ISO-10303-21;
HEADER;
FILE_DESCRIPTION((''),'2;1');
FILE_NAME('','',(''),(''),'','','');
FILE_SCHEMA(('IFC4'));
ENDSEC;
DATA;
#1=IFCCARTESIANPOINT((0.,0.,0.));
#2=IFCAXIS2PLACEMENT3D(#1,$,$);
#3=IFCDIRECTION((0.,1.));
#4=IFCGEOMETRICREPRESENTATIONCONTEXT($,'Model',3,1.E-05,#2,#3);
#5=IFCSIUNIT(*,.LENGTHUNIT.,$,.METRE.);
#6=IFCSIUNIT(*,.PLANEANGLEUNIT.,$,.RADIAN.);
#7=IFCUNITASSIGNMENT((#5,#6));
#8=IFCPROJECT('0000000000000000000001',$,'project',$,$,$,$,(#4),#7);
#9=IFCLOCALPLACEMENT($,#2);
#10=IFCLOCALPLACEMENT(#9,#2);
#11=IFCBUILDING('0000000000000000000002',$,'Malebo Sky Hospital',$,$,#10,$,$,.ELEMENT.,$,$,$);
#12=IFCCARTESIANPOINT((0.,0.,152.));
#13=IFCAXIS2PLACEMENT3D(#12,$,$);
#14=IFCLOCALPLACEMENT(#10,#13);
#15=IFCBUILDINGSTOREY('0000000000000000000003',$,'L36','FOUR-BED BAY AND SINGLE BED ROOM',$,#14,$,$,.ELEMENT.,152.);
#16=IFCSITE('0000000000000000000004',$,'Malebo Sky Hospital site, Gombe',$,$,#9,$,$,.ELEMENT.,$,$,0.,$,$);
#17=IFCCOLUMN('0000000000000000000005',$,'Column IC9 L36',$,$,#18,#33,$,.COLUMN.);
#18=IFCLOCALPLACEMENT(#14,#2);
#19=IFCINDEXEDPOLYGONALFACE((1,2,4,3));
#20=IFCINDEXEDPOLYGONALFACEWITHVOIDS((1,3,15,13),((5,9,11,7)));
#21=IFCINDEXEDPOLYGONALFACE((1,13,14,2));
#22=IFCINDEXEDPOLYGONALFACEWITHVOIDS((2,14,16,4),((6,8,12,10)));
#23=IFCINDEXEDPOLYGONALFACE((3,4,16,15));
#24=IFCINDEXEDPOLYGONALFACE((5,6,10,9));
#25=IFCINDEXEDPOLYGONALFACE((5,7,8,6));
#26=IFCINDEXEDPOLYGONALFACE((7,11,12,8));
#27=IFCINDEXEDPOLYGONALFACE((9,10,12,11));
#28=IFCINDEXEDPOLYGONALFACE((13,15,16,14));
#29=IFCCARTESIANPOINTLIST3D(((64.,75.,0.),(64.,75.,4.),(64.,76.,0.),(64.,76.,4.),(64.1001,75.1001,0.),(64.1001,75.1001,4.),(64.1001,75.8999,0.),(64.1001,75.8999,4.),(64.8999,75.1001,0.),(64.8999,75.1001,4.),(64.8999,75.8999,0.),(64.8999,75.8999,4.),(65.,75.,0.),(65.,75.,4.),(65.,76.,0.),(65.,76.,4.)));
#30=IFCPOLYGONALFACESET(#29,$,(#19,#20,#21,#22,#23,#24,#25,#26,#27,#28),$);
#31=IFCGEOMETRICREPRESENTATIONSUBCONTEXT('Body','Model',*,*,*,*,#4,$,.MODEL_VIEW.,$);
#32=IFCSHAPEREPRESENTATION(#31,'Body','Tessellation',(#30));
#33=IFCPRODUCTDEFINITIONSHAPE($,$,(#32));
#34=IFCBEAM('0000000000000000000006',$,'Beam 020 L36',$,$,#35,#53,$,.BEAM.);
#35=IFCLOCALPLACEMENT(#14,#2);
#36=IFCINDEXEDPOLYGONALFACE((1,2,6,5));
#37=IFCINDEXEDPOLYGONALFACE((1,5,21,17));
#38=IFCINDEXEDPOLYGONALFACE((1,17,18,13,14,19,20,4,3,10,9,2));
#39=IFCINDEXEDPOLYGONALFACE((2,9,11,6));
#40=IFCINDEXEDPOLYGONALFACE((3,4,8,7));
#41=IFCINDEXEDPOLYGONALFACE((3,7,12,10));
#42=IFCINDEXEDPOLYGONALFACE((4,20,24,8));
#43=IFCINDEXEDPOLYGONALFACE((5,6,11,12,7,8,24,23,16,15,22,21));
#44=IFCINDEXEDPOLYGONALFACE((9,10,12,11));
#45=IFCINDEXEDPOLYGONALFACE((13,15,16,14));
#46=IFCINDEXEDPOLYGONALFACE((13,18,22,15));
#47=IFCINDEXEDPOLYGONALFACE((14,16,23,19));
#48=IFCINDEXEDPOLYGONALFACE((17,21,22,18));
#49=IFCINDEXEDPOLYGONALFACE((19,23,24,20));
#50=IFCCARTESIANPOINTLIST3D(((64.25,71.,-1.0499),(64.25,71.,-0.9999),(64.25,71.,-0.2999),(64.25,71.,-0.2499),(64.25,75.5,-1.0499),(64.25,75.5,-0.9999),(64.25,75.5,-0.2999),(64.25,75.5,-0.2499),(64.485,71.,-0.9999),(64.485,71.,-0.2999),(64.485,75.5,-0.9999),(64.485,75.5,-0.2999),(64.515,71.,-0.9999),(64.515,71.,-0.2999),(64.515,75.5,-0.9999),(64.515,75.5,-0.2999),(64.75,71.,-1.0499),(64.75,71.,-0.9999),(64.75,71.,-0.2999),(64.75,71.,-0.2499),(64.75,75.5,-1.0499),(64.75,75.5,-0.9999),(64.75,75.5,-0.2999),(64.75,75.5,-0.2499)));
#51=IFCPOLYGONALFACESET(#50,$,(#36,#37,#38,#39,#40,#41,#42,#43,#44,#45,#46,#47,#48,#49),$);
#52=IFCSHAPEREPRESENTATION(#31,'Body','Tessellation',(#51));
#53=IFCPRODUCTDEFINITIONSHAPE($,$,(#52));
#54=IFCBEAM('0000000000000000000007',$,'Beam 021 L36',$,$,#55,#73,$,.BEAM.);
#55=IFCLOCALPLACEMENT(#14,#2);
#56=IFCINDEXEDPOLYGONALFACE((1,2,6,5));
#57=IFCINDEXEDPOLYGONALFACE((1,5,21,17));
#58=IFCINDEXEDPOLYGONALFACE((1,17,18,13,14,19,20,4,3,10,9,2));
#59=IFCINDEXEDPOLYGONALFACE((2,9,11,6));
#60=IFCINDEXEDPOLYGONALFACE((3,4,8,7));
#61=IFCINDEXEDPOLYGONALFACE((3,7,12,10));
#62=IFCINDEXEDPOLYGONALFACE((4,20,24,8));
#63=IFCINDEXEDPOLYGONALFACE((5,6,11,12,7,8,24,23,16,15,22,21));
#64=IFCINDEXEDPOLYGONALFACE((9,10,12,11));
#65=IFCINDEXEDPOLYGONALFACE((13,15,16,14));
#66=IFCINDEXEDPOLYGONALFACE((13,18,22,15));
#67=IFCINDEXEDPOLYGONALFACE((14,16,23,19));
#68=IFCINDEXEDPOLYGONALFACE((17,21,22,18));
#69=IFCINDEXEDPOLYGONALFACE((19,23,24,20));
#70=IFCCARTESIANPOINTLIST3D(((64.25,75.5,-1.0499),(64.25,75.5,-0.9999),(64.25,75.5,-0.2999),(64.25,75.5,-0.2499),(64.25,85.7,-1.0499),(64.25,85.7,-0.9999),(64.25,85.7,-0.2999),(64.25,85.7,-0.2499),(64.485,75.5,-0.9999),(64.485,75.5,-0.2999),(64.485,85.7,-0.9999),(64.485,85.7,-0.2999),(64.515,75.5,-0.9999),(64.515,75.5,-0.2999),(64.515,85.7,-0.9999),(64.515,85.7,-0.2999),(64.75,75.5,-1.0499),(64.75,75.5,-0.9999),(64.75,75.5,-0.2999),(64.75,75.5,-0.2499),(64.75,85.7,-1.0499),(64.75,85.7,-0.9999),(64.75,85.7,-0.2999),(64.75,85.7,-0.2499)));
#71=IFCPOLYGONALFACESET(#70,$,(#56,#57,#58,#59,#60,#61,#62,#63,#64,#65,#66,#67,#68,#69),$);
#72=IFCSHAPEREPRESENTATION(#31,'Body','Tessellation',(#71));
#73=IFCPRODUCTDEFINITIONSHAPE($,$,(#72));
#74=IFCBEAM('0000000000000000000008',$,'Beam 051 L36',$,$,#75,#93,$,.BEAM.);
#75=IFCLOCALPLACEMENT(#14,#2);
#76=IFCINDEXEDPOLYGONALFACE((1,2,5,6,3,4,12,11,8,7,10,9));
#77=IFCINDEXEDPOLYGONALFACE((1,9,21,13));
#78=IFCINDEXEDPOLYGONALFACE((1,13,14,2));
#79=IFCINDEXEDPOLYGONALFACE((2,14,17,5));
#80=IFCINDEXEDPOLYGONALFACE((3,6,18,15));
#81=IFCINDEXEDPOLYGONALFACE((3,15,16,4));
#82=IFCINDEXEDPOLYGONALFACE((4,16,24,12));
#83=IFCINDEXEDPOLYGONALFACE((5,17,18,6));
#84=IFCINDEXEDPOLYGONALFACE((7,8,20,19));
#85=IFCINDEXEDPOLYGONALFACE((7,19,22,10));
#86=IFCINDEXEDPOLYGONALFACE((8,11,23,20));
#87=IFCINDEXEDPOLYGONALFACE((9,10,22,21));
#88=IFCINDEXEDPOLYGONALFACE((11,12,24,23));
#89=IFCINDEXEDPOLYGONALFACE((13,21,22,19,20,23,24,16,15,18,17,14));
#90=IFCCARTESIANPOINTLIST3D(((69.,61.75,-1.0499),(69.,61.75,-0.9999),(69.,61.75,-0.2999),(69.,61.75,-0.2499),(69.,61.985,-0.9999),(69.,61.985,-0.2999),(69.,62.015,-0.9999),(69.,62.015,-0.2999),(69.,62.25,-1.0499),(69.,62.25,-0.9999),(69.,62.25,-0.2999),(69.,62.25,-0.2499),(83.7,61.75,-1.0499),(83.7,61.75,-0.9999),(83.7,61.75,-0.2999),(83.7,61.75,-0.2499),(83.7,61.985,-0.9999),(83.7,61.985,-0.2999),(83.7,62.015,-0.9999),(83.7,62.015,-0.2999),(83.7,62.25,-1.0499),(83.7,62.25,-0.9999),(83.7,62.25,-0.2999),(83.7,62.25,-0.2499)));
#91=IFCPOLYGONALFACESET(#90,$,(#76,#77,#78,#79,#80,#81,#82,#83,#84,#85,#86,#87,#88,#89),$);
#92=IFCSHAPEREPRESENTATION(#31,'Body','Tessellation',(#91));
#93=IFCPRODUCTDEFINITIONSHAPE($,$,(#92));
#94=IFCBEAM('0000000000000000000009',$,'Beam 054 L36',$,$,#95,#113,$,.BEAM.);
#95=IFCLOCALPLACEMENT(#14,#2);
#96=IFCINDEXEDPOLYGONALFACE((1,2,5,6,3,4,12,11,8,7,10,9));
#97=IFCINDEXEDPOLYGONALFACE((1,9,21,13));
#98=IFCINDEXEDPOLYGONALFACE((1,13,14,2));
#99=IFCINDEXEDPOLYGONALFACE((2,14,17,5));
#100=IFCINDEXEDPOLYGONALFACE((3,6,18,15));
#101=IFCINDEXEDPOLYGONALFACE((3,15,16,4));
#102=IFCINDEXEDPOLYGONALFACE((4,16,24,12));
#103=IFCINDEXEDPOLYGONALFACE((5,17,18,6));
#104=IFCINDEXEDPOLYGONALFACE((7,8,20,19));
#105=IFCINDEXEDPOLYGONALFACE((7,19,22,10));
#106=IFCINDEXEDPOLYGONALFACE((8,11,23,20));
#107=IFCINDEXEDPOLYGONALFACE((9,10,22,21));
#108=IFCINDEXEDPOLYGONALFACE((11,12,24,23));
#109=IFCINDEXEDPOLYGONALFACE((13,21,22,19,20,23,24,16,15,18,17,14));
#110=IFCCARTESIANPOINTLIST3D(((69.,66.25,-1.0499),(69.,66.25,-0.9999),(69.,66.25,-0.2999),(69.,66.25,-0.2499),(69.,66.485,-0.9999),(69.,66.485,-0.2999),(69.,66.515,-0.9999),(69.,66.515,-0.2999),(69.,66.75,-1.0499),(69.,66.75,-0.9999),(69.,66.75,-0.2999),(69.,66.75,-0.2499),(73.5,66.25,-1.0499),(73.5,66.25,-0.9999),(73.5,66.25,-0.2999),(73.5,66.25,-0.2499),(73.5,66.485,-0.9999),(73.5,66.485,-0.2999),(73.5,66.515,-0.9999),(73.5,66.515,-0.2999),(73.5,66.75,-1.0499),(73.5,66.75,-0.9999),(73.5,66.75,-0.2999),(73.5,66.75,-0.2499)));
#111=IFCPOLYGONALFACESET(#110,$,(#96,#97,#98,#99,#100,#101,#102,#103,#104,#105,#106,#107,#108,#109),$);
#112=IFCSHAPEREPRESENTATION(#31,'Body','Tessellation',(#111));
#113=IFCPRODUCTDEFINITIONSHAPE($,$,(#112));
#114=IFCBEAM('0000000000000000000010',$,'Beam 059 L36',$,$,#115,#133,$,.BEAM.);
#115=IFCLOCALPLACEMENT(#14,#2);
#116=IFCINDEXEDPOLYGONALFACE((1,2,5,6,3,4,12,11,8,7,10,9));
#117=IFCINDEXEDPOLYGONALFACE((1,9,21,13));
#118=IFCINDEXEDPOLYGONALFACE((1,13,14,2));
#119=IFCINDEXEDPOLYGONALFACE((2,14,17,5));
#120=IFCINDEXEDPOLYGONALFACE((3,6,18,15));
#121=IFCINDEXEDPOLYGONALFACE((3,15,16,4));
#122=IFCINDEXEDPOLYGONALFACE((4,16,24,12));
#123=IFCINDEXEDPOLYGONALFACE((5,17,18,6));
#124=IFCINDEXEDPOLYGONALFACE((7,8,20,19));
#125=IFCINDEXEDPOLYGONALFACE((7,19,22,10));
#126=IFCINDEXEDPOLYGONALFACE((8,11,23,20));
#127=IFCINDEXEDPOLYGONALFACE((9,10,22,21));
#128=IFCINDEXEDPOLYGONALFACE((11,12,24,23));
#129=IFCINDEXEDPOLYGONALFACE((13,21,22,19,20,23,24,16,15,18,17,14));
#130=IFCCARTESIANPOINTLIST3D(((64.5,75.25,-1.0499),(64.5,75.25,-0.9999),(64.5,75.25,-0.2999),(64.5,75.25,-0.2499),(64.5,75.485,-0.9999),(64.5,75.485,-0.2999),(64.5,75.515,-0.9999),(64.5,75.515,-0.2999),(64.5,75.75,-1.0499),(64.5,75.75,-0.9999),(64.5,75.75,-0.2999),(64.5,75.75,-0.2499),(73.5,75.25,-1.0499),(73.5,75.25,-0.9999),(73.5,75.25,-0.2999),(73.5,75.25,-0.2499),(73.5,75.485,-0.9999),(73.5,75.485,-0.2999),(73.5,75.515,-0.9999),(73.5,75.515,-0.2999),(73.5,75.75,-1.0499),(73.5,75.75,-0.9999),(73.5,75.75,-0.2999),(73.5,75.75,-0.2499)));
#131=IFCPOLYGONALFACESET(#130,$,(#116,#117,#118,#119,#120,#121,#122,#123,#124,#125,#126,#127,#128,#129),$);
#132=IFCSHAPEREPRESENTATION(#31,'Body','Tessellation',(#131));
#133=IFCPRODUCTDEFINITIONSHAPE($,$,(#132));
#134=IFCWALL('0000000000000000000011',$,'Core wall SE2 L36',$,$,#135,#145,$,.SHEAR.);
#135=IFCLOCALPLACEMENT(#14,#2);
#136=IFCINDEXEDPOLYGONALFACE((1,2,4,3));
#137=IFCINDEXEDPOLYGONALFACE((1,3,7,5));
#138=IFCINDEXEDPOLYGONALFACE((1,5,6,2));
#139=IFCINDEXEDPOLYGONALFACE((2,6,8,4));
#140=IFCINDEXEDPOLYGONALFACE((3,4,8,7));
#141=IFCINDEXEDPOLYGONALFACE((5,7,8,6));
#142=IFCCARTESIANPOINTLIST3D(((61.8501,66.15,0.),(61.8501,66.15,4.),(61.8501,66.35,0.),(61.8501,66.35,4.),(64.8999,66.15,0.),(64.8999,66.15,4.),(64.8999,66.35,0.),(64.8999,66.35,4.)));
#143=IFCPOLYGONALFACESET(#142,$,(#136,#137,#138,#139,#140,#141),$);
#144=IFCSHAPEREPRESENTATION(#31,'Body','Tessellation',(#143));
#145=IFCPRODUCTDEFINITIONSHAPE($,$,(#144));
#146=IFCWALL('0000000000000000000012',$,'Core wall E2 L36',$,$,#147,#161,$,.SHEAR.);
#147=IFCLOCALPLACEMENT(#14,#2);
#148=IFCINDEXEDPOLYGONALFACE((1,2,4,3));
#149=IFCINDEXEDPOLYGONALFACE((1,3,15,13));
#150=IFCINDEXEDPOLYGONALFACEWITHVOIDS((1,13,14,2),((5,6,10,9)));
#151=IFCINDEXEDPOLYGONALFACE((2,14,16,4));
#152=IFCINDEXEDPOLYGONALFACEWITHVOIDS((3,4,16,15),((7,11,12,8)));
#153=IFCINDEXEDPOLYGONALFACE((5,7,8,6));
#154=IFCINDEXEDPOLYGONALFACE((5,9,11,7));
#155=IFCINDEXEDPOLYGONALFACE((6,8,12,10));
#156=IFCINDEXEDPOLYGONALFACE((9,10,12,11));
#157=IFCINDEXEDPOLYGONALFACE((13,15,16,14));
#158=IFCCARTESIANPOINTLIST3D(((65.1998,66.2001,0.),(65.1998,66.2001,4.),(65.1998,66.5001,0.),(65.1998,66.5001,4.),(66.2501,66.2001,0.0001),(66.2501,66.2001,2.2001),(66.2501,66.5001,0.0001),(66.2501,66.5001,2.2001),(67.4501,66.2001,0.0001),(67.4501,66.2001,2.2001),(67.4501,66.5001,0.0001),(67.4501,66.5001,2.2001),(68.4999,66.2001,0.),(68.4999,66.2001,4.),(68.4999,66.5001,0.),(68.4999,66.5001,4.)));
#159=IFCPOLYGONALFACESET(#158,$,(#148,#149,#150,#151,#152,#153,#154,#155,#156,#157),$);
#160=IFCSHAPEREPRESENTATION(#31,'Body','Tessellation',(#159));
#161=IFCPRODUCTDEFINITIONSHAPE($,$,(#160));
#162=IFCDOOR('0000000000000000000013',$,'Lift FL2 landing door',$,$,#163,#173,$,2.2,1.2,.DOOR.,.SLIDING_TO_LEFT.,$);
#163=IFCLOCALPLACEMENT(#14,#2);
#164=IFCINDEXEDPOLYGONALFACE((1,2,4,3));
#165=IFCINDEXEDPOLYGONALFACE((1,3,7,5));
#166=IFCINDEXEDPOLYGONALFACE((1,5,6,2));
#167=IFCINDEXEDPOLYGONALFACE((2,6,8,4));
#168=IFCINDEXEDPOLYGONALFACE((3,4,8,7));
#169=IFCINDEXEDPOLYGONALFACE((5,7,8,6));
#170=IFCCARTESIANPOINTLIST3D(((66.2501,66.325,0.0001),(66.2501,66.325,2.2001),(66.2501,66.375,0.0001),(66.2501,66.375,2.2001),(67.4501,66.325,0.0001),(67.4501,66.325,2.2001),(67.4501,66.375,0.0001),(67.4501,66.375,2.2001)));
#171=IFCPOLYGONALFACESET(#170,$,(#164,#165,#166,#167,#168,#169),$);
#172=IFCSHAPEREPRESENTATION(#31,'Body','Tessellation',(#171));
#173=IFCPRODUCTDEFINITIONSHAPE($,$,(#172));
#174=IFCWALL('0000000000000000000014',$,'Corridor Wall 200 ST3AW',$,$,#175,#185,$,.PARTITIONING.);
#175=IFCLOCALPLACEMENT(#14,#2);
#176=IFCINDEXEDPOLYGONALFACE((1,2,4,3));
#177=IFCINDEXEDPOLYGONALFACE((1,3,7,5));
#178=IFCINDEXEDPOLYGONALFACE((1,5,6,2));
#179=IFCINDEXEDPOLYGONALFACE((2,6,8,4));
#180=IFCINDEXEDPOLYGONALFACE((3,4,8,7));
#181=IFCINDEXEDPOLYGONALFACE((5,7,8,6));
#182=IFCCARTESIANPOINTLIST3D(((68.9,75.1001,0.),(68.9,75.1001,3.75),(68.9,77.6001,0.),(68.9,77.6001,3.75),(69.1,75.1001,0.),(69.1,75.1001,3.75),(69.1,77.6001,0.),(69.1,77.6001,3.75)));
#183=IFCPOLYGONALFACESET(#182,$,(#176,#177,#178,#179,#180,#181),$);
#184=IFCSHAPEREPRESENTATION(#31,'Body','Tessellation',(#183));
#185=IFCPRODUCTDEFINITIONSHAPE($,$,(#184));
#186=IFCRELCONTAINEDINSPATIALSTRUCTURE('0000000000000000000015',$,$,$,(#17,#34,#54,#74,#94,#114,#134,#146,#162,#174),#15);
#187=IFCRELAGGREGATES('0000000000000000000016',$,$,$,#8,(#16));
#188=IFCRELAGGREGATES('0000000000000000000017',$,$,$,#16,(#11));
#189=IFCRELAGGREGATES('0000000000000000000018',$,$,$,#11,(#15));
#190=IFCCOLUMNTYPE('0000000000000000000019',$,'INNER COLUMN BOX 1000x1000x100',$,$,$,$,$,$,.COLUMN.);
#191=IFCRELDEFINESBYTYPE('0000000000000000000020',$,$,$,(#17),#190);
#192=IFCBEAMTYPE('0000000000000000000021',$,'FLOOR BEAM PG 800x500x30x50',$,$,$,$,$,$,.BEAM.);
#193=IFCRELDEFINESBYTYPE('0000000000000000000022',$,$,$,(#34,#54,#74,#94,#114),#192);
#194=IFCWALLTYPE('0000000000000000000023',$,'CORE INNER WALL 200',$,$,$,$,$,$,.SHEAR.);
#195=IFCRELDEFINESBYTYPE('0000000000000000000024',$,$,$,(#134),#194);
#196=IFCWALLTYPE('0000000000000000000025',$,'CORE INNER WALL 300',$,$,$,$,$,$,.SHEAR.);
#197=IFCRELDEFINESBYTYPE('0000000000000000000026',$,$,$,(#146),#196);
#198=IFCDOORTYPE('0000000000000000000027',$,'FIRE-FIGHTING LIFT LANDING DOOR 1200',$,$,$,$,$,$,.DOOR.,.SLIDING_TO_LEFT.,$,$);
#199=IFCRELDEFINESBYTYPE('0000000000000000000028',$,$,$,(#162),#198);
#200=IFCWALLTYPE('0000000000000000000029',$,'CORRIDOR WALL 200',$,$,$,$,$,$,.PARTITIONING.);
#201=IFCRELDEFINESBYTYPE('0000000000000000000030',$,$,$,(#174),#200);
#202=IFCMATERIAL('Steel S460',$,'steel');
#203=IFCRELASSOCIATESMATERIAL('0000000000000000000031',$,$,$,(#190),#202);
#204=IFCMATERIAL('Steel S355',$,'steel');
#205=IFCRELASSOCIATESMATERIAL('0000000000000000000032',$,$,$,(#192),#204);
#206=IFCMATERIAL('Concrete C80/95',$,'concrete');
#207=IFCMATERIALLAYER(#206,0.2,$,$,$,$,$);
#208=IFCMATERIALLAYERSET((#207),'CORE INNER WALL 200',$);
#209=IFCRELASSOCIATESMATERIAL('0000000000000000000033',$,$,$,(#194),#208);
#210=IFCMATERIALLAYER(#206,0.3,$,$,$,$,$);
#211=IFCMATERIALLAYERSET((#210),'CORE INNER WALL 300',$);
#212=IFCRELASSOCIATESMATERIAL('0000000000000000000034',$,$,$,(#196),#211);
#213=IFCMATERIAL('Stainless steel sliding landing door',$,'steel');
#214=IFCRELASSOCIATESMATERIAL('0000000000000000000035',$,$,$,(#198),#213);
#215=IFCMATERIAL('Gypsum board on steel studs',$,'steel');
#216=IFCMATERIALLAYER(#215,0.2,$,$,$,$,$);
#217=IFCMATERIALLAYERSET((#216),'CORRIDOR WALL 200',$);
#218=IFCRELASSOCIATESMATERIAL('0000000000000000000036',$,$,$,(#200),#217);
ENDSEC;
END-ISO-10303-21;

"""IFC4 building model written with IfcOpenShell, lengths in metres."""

from ifc_helpers import new_model, si_unit, direction, frame, frame_2d, origin, origin_2d, place, context, subcontext, project, spatial, rectangle, hollow_rectangle, i_section, extrude, material, layer, layer_set, material_profile, profile_set, type_object, element, fill, save


model = new_model("IFC4")

# Units and contexts
model_context = context("Model", 3, precision=1e-05, world=origin(), true_north=direction((0.0, 1.0)))
body_context = subcontext(model_context, "Body", "Model", "MODEL_VIEW")
ifc_project = project(units=[si_unit("LENGTHUNIT", "METRE"), si_unit("PLANEANGLEUNIT", "RADIAN")], contexts=[model_context])

# Site, building, storey
site_placement = place(None, origin())
site = spatial("IfcSite", under=ifc_project, at=site_placement, Name="Malebo Sky Hospital site, Gombe", CompositionType="ELEMENT", RefElevation=0.0)
building_placement = place(site_placement, origin())
building = spatial("IfcBuilding", under=site, at=building_placement, Name="Malebo Sky Hospital", CompositionType="ELEMENT")
storey_placement = place(building_placement, frame((0.0, 0.0, 152.0)))
storey = spatial("IfcBuildingStorey", under=building, at=storey_placement, Name="L36", Description="FOUR-BED BAY AND SINGLE BED ROOM", CompositionType="ELEMENT", Elevation=152.0)

# Column
ifc_material_1 = material(Name="Steel S460", Category="steel")
ifc_material_profile_1 = material_profile(ifc_material_1, hollow_rectangle(XDim=1.0, YDim=1.0, WallThickness=0.1001, at=origin_2d()), Name="BOX 1000x1000x100")
ifc_profile_set_1 = profile_set([ifc_material_profile_1], Name="Steel S460")
column_type = type_object("IfcColumnType", Name="INNER COLUMN BOX 1000x1000x100", PredefinedType="COLUMN", material=ifc_profile_set_1)
column_placement = place(storey_placement, frame((64.5, 75.5, 0.0), z_axis=(0.0, 0.0, 1.0), x_axis=(1.0, 0.0, 0.0)))
element("IfcColumn", 1, at=column_placement, inside=storey, type_object=column_type, Name="Column IC9 L36", PredefinedType="COLUMN", context=body_context, shape_type="SweptSolid", body=[
    extrude(hollow_rectangle(XDim=1.0, YDim=1.0, WallThickness=0.1001, at=origin_2d()), origin(), (0.0, 0.0, 1.0), 4.0),
])

# Beams
ifc_material_2 = material(Name="Steel S355", Category="steel")
ifc_material_profile_2 = material_profile(ifc_material_2, i_section(OverallWidth=0.5, OverallDepth=0.8, WebThickness=0.03, FlangeThickness=0.05, at=origin_2d()), Name="PG 800x500x30x50")
ifc_profile_set_2 = profile_set([ifc_material_profile_2], Name="Steel S355")
beam_type = type_object("IfcBeamType", Name="FLOOR BEAM PG 800x500x30x50", PredefinedType="BEAM", material=ifc_profile_set_2)
beam_1_placement = place(storey_placement, frame((64.5, 71.0, -0.6499), z_axis=(0.0, 1.0, 0.0), x_axis=(-1.0, 0.0, 0.0)))
element("IfcBeam", 2, at=beam_1_placement, inside=storey, type_object=beam_type, Name="Beam 020 L36", PredefinedType="BEAM", context=body_context, shape_type="SweptSolid", body=[
    extrude(i_section(OverallWidth=0.5, OverallDepth=0.8, WebThickness=0.03, FlangeThickness=0.05, at=origin_2d()), origin(), (0.0, 0.0, 1.0), 4.5),
])
beam_2_placement = place(storey_placement, frame((64.5, 75.5, -0.6499), z_axis=(0.0, 1.0, 0.0), x_axis=(-1.0, 0.0, 0.0)))
element("IfcBeam", 3, at=beam_2_placement, inside=storey, type_object=beam_type, Name="Beam 021 L36", PredefinedType="BEAM", context=body_context, shape_type="SweptSolid", body=[
    extrude(i_section(OverallWidth=0.5, OverallDepth=0.8, WebThickness=0.03, FlangeThickness=0.05, at=origin_2d()), origin(), (0.0, 0.0, 1.0), 10.2),
])
beam_3_placement = place(storey_placement, frame((69.0, 62.0, -0.6499), z_axis=(1.0, 0.0, 0.0), x_axis=(0.0, 1.0, 0.0)))
element("IfcBeam", 4, at=beam_3_placement, inside=storey, type_object=beam_type, Name="Beam 051 L36", PredefinedType="BEAM", context=body_context, shape_type="SweptSolid", body=[
    extrude(i_section(OverallWidth=0.5, OverallDepth=0.8, WebThickness=0.03, FlangeThickness=0.05, at=origin_2d()), origin(), (0.0, 0.0, 1.0), 14.7),
])
beam_4_placement = place(storey_placement, frame((69.0, 66.5, -0.6499), z_axis=(1.0, 0.0, 0.0), x_axis=(0.0, 1.0, 0.0)))
element("IfcBeam", 5, at=beam_4_placement, inside=storey, type_object=beam_type, Name="Beam 054 L36", PredefinedType="BEAM", context=body_context, shape_type="SweptSolid", body=[
    extrude(i_section(OverallWidth=0.5, OverallDepth=0.8, WebThickness=0.03, FlangeThickness=0.05, at=origin_2d()), origin(), (0.0, 0.0, 1.0), 4.5),
])
beam_5_placement = place(storey_placement, frame((64.5, 75.5, -0.6499), z_axis=(1.0, 0.0, 0.0), x_axis=(0.0, 1.0, 0.0)))
element("IfcBeam", 6, at=beam_5_placement, inside=storey, type_object=beam_type, Name="Beam 059 L36", PredefinedType="BEAM", context=body_context, shape_type="SweptSolid", body=[
    extrude(i_section(OverallWidth=0.5, OverallDepth=0.8, WebThickness=0.03, FlangeThickness=0.05, at=origin_2d()), origin(), (0.0, 0.0, 1.0), 9.0),
])

# Wall
ifc_material_3 = material(Name="Concrete C80/95", Category="concrete")
ifc_layer_1 = layer(ifc_material_3, 0.2)
ifc_layer_set_1 = layer_set([ifc_layer_1], Name="CORE INNER WALL 200")
wall_type_1 = type_object("IfcWallType", Name="CORE INNER WALL 200", PredefinedType="SHEAR", material=ifc_layer_set_1)
wall_1_placement = place(storey_placement, frame((61.8501, 66.25, 0.0), z_axis=(0.0, 0.0, 1.0), x_axis=(1.0, 0.0, 0.0)))
element("IfcWall", 7, at=wall_1_placement, inside=storey, type_object=wall_type_1, Name="Core wall SE2 L36", PredefinedType="SHEAR", context=body_context, shape_type="SweptSolid", body=[
    extrude(rectangle(XDim=3.0498, YDim=0.2, at=frame_2d((1.5249, 0.0))), origin(), (0.0, 0.0, 1.0), 4.0),
])

# Wall, opening, door
ifc_layer_2 = layer(ifc_material_3, 0.3)
ifc_layer_set_2 = layer_set([ifc_layer_2], Name="CORE INNER WALL 300")
wall_type_2 = type_object("IfcWallType", Name="CORE INNER WALL 300", PredefinedType="SHEAR", material=ifc_layer_set_2)
wall_2_placement = place(storey_placement, frame((65.2, 66.3501, 0.0), z_axis=(0.0, 0.0, 1.0), x_axis=(1.0, 0.0, 0.0)))
wall_2 = element("IfcWall", 8, at=wall_2_placement, inside=storey, type_object=wall_type_2, Name="Core wall E2 L36", PredefinedType="SHEAR", context=body_context, shape_type="SweptSolid", body=[
    extrude(rectangle(XDim=3.3, YDim=0.3, at=frame_2d((1.6499, 0.0))), origin(), (0.0, 0.0, 1.0), 4.0),
])
opening_1_placement = place(wall_2_placement, frame((1.05, 0.0, 0.0)))
opening_1 = element("IfcOpeningElement", 9, at=opening_1_placement, cuts=wall_2, PredefinedType="OPENING", context=body_context, shape_type="SweptSolid", body=[
    extrude(rectangle(XDim=1.2, YDim=2.2, at=frame_2d((0.6001, 1.1001))), frame((0.0, 0.1599, 0.0), z_axis=(0.0, -1.0, 0.0), x_axis=(1.0, 0.0, 0.0)), (0.0, 0.0, 1.0), 0.3201),
])
ifc_material_4 = material(Name="Stainless steel sliding landing door", Category="steel")
door_type_1 = type_object("IfcDoorType", Name="FIRE-FIGHTING LIFT LANDING DOOR 1200", OperationType="SLIDING_TO_LEFT", PredefinedType="DOOR", material=ifc_material_4)
door_1_placement = place(opening_1_placement, origin())
door_1 = element("IfcDoor", 10, at=door_1_placement, inside=storey, type_object=door_type_1, Name="Lift FL2 landing door", OperationType="SLIDING_TO_LEFT", OverallHeight=2.2, OverallWidth=1.2, PredefinedType="DOOR", context=body_context, shape_type="SweptSolid", body=[
    extrude(rectangle(XDim=1.2, YDim=2.2, at=frame_2d((0.6001, 1.1001))), frame((0.0, 0.0249, 0.0), z_axis=(0.0, -1.0, 0.0), x_axis=(1.0, 0.0, 0.0)), (0.0, 0.0, 1.0), 0.05),
])
fill(opening_1, door_1)

# Wall
ifc_material_5 = material(Name="Gypsum board on steel studs", Category="steel")
ifc_layer_3 = layer(ifc_material_5, 0.2)
ifc_layer_set_3 = layer_set([ifc_layer_3], Name="CORRIDOR WALL 200")
wall_type_3 = type_object("IfcWallType", Name="CORRIDOR WALL 200", PredefinedType="PARTITIONING", material=ifc_layer_set_3)
wall_3_placement = place(storey_placement, frame((69.0, 75.1001, 0.0), z_axis=(0.0, 0.0, 1.0), x_axis=(0.0, 1.0, 0.0)))
element("IfcWall", 11, at=wall_3_placement, inside=storey, type_object=wall_type_3, Name="Corridor Wall 200 ST3AW", PredefinedType="PARTITIONING", context=body_context, shape_type="SweptSolid", body=[
    extrude(rectangle(XDim=2.5, YDim=0.2, at=frame_2d((1.25, 0.0))), origin(), (0.0, 0.0, 1.0), 3.75),
])

save(model, "model.ifc")
